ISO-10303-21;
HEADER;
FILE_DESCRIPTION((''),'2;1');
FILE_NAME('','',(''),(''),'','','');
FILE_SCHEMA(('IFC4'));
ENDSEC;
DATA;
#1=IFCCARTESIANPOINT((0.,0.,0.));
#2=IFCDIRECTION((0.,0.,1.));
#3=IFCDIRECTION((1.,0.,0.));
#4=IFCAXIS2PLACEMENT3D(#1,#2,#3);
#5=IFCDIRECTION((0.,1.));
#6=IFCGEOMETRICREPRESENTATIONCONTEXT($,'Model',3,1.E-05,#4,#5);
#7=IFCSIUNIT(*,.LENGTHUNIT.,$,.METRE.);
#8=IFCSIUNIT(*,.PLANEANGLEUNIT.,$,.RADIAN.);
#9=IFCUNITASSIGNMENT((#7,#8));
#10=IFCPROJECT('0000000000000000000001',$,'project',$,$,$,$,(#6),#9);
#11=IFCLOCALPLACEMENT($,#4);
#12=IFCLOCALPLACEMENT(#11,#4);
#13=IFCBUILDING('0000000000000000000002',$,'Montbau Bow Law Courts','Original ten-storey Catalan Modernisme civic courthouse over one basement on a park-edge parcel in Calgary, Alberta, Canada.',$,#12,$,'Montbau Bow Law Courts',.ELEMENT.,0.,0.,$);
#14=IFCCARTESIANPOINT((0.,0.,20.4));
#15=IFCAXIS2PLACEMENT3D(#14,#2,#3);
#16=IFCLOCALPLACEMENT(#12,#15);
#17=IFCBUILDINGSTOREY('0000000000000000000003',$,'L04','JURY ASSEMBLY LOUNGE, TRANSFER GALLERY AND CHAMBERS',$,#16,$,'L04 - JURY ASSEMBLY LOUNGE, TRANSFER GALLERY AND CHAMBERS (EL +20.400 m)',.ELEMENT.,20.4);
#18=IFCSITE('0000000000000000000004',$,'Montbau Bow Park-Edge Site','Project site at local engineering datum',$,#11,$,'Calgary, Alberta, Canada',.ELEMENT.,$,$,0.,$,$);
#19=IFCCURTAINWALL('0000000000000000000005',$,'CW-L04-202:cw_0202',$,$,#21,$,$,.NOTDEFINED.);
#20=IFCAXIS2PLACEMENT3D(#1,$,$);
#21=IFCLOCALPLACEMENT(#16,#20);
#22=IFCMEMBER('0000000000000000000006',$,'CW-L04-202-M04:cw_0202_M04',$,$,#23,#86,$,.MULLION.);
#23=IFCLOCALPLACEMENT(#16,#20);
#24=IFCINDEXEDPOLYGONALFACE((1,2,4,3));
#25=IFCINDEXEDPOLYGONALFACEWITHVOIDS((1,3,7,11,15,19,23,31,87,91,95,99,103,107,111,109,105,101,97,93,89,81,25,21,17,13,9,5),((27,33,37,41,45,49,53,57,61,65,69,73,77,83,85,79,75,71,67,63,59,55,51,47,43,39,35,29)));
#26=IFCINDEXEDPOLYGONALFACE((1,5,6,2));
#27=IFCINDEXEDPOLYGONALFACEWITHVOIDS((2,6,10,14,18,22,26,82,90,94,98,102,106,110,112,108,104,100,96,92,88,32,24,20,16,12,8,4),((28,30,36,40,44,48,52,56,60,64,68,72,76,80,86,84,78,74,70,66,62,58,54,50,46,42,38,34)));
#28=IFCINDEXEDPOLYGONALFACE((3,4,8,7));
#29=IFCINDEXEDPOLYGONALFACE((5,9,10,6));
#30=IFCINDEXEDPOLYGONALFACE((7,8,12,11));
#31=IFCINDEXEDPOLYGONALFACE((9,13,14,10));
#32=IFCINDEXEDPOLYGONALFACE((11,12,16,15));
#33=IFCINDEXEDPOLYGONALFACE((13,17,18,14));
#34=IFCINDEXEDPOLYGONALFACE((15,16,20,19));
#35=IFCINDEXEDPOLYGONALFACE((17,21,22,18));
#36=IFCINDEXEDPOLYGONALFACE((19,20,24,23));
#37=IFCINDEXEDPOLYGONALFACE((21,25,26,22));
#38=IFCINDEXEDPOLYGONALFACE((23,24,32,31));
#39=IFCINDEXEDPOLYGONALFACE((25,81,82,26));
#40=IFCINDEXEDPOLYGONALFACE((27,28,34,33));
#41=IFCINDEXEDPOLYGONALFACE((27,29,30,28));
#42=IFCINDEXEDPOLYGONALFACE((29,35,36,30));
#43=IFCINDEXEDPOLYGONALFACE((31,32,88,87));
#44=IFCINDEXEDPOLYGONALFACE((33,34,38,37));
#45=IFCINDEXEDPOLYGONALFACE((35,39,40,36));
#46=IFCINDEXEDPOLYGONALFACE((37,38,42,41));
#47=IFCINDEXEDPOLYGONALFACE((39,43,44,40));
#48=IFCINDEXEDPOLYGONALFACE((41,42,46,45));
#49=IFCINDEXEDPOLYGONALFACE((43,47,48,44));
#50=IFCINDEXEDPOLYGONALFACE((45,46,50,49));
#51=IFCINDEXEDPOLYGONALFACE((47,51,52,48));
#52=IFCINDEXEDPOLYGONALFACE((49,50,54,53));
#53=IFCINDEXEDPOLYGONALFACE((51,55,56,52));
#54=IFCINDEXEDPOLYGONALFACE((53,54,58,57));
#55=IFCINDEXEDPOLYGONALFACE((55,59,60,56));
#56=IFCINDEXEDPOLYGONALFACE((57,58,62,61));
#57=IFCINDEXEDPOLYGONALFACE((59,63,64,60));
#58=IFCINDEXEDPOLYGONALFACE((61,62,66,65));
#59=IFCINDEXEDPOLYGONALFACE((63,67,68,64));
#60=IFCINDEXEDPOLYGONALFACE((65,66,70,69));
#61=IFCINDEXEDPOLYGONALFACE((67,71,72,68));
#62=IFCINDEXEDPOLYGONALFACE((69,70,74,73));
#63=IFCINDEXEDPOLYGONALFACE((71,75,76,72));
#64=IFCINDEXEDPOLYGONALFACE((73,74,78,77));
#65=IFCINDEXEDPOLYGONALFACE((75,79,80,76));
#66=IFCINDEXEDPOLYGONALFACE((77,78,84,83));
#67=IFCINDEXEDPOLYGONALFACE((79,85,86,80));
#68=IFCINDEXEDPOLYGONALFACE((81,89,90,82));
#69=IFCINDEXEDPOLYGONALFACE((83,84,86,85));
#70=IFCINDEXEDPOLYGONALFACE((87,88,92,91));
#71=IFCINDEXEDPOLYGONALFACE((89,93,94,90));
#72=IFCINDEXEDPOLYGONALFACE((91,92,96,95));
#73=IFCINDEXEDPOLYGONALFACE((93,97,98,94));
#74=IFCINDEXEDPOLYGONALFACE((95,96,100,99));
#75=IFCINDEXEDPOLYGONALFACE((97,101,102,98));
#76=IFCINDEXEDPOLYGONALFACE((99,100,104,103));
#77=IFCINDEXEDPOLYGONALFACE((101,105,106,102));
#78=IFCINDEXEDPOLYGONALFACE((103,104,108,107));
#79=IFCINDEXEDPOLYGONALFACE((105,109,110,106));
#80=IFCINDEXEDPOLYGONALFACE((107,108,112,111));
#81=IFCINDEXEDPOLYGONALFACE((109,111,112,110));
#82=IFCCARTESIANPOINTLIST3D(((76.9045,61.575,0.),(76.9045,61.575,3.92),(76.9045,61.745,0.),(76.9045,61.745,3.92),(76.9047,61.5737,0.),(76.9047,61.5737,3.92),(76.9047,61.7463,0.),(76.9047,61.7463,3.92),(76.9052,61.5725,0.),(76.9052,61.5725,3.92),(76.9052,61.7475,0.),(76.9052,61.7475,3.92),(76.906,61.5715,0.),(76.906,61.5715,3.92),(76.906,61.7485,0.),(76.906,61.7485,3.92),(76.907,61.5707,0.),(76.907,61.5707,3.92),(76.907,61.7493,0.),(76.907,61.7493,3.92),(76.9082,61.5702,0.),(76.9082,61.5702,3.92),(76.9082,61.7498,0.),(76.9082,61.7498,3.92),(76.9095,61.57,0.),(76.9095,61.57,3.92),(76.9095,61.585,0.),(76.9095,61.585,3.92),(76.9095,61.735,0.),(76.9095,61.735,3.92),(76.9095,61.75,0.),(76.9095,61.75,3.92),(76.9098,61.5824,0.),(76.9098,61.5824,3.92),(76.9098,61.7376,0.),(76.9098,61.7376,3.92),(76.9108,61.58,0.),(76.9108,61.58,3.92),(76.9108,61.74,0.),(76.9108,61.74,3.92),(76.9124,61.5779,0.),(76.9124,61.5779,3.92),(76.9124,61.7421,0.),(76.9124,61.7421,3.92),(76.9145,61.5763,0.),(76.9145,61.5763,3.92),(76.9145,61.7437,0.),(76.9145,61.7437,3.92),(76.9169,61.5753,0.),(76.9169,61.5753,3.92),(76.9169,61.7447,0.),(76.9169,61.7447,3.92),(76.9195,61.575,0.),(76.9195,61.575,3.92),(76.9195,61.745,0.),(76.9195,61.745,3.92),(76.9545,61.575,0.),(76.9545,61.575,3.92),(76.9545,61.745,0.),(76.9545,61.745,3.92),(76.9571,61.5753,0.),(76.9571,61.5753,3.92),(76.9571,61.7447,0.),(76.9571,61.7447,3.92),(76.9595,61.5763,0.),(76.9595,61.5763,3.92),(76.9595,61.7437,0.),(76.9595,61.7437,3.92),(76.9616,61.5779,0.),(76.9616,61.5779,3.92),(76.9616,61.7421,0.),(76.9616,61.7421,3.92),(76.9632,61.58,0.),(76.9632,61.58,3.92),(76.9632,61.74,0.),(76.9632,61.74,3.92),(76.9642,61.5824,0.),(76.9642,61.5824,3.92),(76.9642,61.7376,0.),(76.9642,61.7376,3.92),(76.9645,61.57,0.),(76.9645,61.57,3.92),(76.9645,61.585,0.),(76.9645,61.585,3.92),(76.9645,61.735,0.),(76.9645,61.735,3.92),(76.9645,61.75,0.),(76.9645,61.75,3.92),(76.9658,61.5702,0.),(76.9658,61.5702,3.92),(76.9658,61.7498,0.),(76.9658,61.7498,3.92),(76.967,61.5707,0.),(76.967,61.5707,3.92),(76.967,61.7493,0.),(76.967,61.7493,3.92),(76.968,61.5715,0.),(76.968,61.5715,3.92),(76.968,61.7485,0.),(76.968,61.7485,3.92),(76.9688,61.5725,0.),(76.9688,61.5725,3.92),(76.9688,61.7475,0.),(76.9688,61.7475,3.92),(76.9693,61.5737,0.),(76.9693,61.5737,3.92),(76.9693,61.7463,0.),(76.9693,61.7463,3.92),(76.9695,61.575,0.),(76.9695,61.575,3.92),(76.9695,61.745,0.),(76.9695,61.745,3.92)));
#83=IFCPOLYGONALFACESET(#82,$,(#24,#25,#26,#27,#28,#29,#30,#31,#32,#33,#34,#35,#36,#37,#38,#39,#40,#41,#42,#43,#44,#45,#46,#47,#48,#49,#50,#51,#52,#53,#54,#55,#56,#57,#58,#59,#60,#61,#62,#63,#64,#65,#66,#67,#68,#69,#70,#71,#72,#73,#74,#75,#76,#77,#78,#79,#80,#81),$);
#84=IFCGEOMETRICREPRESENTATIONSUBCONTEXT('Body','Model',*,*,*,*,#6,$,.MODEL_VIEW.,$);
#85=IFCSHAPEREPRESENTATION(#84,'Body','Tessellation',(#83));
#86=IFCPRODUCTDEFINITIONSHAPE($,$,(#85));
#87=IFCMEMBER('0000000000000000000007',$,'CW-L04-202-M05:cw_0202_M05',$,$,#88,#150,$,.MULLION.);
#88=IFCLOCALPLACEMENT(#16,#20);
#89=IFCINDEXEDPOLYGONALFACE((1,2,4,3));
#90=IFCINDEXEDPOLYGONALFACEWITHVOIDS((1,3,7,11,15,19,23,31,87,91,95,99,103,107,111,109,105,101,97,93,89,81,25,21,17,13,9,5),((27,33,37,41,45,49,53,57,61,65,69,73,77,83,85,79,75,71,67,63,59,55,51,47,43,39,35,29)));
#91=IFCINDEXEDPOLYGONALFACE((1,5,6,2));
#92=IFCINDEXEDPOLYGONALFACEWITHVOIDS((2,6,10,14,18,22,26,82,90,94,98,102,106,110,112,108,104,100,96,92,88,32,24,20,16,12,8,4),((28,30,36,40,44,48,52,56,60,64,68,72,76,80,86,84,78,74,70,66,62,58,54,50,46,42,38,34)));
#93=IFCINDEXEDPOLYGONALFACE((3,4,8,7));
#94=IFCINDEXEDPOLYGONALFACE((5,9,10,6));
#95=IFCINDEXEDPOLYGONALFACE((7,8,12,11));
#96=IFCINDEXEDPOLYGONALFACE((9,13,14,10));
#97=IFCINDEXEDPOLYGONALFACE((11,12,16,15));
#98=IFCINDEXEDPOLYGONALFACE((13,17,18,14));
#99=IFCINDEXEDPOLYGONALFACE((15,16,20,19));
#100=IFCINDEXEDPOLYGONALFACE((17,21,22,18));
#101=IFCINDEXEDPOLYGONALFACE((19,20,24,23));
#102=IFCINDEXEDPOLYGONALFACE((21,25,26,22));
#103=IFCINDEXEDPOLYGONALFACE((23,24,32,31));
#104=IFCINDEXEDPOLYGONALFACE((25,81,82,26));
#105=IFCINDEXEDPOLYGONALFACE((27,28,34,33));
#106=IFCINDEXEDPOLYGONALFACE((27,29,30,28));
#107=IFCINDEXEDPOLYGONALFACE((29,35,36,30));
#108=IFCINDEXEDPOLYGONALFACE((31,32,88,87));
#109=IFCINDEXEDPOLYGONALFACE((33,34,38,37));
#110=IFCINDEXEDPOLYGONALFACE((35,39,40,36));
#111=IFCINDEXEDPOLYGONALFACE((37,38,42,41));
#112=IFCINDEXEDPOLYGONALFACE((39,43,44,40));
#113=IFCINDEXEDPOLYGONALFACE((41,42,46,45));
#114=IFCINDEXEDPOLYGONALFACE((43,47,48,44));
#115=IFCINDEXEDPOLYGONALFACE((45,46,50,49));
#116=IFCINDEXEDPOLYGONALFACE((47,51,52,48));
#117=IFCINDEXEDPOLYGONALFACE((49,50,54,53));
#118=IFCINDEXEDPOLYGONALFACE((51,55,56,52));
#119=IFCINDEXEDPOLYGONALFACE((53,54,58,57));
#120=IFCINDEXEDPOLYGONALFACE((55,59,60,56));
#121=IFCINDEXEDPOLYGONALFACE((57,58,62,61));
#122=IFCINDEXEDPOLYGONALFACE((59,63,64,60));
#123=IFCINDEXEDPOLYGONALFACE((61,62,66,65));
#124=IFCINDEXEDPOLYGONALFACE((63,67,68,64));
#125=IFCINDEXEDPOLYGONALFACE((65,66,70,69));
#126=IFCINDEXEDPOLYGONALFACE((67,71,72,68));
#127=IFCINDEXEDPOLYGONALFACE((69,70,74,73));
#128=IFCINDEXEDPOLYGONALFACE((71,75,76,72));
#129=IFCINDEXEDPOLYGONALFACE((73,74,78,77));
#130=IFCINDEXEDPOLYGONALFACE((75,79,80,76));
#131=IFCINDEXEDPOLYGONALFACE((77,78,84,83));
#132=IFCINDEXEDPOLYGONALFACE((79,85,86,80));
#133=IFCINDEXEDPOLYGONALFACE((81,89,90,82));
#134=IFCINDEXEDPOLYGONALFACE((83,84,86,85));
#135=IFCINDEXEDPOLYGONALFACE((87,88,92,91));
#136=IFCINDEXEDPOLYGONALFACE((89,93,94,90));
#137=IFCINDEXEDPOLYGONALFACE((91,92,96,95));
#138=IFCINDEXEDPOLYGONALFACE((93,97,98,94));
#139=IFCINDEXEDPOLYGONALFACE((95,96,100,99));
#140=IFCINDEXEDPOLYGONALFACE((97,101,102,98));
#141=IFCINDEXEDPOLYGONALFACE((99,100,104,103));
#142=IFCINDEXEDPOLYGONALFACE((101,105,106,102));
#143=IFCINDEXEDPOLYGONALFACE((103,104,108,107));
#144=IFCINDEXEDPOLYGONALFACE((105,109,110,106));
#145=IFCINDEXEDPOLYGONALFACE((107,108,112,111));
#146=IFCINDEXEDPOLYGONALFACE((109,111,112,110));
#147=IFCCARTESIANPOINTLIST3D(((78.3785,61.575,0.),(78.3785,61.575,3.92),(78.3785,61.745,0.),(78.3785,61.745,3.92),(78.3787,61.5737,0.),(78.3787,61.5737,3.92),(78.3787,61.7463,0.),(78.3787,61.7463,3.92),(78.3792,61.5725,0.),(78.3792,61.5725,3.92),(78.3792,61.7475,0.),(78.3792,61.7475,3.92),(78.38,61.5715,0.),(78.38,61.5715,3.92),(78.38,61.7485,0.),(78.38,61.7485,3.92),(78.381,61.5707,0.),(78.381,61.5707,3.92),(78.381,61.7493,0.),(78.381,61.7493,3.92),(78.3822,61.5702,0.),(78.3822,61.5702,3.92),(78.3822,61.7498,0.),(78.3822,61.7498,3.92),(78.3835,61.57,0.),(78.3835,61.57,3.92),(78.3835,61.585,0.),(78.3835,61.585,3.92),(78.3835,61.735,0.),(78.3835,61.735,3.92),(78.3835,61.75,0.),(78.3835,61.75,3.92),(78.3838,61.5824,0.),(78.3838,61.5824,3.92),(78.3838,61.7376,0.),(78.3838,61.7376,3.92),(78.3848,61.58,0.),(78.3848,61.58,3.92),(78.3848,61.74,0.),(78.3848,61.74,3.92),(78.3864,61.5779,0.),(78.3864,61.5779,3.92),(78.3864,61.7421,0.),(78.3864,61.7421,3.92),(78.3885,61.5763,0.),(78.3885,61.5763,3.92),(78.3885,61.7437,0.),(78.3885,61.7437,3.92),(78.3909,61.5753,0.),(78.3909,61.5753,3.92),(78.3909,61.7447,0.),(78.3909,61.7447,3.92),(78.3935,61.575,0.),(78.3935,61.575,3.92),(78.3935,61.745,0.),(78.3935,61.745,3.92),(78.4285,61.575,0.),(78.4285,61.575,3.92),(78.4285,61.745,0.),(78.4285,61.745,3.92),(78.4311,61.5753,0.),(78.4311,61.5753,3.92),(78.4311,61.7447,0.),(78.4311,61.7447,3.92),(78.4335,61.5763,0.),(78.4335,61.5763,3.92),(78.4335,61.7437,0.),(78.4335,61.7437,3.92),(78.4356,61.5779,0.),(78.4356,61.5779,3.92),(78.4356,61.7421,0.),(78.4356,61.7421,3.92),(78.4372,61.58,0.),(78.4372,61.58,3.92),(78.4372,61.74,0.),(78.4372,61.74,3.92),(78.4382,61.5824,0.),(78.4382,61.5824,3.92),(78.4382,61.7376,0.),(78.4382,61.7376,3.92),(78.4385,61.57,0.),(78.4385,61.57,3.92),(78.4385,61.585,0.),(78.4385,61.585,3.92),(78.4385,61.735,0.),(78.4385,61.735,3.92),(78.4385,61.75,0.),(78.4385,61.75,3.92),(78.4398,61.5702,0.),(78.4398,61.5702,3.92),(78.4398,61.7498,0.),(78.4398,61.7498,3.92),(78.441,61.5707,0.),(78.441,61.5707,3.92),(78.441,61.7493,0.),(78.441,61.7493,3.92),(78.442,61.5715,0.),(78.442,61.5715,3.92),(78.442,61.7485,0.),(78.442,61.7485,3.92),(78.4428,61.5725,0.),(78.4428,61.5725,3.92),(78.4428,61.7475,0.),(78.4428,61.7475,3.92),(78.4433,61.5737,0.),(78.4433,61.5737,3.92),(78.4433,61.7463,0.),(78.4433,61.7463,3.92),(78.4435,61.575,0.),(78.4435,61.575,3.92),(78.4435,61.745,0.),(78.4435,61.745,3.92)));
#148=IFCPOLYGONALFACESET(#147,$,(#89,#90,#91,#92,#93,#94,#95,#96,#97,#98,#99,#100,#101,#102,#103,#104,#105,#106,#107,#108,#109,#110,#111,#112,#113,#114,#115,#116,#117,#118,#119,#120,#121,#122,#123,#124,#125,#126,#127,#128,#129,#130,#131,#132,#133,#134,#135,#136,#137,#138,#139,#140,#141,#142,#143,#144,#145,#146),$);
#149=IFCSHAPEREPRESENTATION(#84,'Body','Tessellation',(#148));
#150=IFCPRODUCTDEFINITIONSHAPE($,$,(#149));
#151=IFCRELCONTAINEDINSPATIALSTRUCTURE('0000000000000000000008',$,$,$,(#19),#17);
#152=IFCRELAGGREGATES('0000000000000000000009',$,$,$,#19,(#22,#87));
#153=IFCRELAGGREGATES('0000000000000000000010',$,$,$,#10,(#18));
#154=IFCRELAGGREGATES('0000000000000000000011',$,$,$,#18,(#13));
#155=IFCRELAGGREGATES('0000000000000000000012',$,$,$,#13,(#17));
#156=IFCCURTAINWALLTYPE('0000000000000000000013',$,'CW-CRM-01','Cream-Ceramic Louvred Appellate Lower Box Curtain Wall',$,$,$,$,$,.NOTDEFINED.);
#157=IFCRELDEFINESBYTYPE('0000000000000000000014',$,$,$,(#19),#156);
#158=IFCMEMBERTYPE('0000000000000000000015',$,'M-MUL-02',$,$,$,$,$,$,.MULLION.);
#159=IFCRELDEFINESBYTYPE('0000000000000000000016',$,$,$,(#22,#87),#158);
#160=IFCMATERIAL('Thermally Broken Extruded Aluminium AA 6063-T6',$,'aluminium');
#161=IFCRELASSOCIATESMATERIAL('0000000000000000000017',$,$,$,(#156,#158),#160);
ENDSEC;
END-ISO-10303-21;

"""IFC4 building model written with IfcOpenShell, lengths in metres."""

from ifc_helpers import new_model, si_unit, direction, frame, origin_with_axes, origin_2d_with_axis, place, context, subcontext, project, spatial, hollow_rectangle, extrude, material, material_profile, profile_set, type_object, element, aggregate, save


model = new_model("IFC4")

# Units and contexts
model_context = context("Model", 3, precision=1e-05, world=origin_with_axes(), true_north=direction((0.0, 1.0)))
body_context = subcontext(model_context, "Body", "Model", "MODEL_VIEW")
ifc_project = project(units=[si_unit("LENGTHUNIT", "METRE"), si_unit("PLANEANGLEUNIT", "RADIAN")], contexts=[model_context])

# Site, building, storey
site_placement = place(None, origin_with_axes())
site = spatial("IfcSite", under=ifc_project, at=site_placement, Name="Montbau Bow Park-Edge Site", Description="Project site at local engineering datum", LongName="Calgary, Alberta, Canada", CompositionType="ELEMENT", RefElevation=0.0)
building_placement = place(site_placement, origin_with_axes())
building = spatial("IfcBuilding", under=site, at=building_placement, Name="Montbau Bow Law Courts", Description="Original ten-storey Catalan Modernisme civic courthouse over one basement on a park-edge parcel in Calgary, Alberta, Canada.", LongName="Montbau Bow Law Courts", CompositionType="ELEMENT", ElevationOfRefHeight=0.0, ElevationOfTerrain=0.0)
storey_placement = place(building_placement, frame((0.0, 0.0, 20.4), z_axis=(0.0, 0.0, 1.0), x_axis=(1.0, 0.0, 0.0)))
storey = spatial("IfcBuildingStorey", under=building, at=storey_placement, Name="L04", Description="JURY ASSEMBLY LOUNGE, TRANSFER GALLERY AND CHAMBERS", LongName="L04 - JURY ASSEMBLY LOUNGE, TRANSFER GALLERY AND CHAMBERS (EL +20.400 m)", CompositionType="ELEMENT", Elevation=20.4)

# Curtain wall, members
ifc_material_1 = material(Name="Thermally Broken Extruded Aluminium AA 6063-T6", Category="aluminium")
curtain_wall_type = type_object("IfcCurtainWallType", Name="CW-CRM-01", Description="Cream-Ceramic Louvred Appellate Lower Box Curtain Wall", PredefinedType="NOTDEFINED", material=ifc_material_1)
curtain_wall_1_placement = place(None, frame((72.515, 61.66, 20.4), z_axis=(0.0, 0.0, 1.0), x_axis=(1.0, 0.0, 0.0)))
curtain_wall_1 = element("IfcCurtainWall", 1, at=curtain_wall_1_placement, inside=storey, type_object=curtain_wall_type, Name="CW-L04-202:cw_0202", PredefinedType="NOTDEFINED")
ifc_material_profile_1 = material_profile(ifc_material_1, hollow_rectangle(XDim=0.065, YDim=0.18, WallThickness=0.005, InnerFilletRadius=0.01, OuterFilletRadius=0.005, at=origin_2d_with_axis()), Name="CWM-180X65", Category="Main", Priority=0)
ifc_profile_set_1 = profile_set([ifc_material_profile_1], Name="Thermally Broken Extruded Aluminium AA 6063-T6")
member_type_1 = type_object("IfcMemberType", Name="M-MUL-02", PredefinedType="MULLION", material=ifc_profile_set_1)
member_1_placement = place(None, frame((76.937, 61.66, 20.4), z_axis=(0.0, 0.0, 1.0), x_axis=(1.0, 0.0, 0.0)))
member_1 = element("IfcMember", 2, at=member_1_placement, type_object=member_type_1, Name="CW-L04-202-M04:cw_0202_M04", PredefinedType="MULLION", context=body_context, shape_type="SweptSolid", body=[
    extrude(hollow_rectangle(XDim=0.065, YDim=0.18, WallThickness=0.005, InnerFilletRadius=0.01, OuterFilletRadius=0.005, at=origin_2d_with_axis()), origin_with_axes(), (0.0, 0.0, 1.0), 3.92),
])
member_2_placement = place(None, frame((78.411, 61.66, 20.4), z_axis=(0.0, 0.0, 1.0), x_axis=(1.0, 0.0, 0.0)))
member_2 = element("IfcMember", 3, at=member_2_placement, type_object=member_type_1, Name="CW-L04-202-M05:cw_0202_M05", PredefinedType="MULLION", context=body_context, shape_type="SweptSolid", body=[
    extrude(hollow_rectangle(XDim=0.065, YDim=0.18, WallThickness=0.005, InnerFilletRadius=0.01, OuterFilletRadius=0.005, at=origin_2d_with_axis()), origin_with_axes(), (0.0, 0.0, 1.0), 3.92),
])

aggregate(curtain_wall_1, [member_1, member_2])

save(model, "model.ifc")
